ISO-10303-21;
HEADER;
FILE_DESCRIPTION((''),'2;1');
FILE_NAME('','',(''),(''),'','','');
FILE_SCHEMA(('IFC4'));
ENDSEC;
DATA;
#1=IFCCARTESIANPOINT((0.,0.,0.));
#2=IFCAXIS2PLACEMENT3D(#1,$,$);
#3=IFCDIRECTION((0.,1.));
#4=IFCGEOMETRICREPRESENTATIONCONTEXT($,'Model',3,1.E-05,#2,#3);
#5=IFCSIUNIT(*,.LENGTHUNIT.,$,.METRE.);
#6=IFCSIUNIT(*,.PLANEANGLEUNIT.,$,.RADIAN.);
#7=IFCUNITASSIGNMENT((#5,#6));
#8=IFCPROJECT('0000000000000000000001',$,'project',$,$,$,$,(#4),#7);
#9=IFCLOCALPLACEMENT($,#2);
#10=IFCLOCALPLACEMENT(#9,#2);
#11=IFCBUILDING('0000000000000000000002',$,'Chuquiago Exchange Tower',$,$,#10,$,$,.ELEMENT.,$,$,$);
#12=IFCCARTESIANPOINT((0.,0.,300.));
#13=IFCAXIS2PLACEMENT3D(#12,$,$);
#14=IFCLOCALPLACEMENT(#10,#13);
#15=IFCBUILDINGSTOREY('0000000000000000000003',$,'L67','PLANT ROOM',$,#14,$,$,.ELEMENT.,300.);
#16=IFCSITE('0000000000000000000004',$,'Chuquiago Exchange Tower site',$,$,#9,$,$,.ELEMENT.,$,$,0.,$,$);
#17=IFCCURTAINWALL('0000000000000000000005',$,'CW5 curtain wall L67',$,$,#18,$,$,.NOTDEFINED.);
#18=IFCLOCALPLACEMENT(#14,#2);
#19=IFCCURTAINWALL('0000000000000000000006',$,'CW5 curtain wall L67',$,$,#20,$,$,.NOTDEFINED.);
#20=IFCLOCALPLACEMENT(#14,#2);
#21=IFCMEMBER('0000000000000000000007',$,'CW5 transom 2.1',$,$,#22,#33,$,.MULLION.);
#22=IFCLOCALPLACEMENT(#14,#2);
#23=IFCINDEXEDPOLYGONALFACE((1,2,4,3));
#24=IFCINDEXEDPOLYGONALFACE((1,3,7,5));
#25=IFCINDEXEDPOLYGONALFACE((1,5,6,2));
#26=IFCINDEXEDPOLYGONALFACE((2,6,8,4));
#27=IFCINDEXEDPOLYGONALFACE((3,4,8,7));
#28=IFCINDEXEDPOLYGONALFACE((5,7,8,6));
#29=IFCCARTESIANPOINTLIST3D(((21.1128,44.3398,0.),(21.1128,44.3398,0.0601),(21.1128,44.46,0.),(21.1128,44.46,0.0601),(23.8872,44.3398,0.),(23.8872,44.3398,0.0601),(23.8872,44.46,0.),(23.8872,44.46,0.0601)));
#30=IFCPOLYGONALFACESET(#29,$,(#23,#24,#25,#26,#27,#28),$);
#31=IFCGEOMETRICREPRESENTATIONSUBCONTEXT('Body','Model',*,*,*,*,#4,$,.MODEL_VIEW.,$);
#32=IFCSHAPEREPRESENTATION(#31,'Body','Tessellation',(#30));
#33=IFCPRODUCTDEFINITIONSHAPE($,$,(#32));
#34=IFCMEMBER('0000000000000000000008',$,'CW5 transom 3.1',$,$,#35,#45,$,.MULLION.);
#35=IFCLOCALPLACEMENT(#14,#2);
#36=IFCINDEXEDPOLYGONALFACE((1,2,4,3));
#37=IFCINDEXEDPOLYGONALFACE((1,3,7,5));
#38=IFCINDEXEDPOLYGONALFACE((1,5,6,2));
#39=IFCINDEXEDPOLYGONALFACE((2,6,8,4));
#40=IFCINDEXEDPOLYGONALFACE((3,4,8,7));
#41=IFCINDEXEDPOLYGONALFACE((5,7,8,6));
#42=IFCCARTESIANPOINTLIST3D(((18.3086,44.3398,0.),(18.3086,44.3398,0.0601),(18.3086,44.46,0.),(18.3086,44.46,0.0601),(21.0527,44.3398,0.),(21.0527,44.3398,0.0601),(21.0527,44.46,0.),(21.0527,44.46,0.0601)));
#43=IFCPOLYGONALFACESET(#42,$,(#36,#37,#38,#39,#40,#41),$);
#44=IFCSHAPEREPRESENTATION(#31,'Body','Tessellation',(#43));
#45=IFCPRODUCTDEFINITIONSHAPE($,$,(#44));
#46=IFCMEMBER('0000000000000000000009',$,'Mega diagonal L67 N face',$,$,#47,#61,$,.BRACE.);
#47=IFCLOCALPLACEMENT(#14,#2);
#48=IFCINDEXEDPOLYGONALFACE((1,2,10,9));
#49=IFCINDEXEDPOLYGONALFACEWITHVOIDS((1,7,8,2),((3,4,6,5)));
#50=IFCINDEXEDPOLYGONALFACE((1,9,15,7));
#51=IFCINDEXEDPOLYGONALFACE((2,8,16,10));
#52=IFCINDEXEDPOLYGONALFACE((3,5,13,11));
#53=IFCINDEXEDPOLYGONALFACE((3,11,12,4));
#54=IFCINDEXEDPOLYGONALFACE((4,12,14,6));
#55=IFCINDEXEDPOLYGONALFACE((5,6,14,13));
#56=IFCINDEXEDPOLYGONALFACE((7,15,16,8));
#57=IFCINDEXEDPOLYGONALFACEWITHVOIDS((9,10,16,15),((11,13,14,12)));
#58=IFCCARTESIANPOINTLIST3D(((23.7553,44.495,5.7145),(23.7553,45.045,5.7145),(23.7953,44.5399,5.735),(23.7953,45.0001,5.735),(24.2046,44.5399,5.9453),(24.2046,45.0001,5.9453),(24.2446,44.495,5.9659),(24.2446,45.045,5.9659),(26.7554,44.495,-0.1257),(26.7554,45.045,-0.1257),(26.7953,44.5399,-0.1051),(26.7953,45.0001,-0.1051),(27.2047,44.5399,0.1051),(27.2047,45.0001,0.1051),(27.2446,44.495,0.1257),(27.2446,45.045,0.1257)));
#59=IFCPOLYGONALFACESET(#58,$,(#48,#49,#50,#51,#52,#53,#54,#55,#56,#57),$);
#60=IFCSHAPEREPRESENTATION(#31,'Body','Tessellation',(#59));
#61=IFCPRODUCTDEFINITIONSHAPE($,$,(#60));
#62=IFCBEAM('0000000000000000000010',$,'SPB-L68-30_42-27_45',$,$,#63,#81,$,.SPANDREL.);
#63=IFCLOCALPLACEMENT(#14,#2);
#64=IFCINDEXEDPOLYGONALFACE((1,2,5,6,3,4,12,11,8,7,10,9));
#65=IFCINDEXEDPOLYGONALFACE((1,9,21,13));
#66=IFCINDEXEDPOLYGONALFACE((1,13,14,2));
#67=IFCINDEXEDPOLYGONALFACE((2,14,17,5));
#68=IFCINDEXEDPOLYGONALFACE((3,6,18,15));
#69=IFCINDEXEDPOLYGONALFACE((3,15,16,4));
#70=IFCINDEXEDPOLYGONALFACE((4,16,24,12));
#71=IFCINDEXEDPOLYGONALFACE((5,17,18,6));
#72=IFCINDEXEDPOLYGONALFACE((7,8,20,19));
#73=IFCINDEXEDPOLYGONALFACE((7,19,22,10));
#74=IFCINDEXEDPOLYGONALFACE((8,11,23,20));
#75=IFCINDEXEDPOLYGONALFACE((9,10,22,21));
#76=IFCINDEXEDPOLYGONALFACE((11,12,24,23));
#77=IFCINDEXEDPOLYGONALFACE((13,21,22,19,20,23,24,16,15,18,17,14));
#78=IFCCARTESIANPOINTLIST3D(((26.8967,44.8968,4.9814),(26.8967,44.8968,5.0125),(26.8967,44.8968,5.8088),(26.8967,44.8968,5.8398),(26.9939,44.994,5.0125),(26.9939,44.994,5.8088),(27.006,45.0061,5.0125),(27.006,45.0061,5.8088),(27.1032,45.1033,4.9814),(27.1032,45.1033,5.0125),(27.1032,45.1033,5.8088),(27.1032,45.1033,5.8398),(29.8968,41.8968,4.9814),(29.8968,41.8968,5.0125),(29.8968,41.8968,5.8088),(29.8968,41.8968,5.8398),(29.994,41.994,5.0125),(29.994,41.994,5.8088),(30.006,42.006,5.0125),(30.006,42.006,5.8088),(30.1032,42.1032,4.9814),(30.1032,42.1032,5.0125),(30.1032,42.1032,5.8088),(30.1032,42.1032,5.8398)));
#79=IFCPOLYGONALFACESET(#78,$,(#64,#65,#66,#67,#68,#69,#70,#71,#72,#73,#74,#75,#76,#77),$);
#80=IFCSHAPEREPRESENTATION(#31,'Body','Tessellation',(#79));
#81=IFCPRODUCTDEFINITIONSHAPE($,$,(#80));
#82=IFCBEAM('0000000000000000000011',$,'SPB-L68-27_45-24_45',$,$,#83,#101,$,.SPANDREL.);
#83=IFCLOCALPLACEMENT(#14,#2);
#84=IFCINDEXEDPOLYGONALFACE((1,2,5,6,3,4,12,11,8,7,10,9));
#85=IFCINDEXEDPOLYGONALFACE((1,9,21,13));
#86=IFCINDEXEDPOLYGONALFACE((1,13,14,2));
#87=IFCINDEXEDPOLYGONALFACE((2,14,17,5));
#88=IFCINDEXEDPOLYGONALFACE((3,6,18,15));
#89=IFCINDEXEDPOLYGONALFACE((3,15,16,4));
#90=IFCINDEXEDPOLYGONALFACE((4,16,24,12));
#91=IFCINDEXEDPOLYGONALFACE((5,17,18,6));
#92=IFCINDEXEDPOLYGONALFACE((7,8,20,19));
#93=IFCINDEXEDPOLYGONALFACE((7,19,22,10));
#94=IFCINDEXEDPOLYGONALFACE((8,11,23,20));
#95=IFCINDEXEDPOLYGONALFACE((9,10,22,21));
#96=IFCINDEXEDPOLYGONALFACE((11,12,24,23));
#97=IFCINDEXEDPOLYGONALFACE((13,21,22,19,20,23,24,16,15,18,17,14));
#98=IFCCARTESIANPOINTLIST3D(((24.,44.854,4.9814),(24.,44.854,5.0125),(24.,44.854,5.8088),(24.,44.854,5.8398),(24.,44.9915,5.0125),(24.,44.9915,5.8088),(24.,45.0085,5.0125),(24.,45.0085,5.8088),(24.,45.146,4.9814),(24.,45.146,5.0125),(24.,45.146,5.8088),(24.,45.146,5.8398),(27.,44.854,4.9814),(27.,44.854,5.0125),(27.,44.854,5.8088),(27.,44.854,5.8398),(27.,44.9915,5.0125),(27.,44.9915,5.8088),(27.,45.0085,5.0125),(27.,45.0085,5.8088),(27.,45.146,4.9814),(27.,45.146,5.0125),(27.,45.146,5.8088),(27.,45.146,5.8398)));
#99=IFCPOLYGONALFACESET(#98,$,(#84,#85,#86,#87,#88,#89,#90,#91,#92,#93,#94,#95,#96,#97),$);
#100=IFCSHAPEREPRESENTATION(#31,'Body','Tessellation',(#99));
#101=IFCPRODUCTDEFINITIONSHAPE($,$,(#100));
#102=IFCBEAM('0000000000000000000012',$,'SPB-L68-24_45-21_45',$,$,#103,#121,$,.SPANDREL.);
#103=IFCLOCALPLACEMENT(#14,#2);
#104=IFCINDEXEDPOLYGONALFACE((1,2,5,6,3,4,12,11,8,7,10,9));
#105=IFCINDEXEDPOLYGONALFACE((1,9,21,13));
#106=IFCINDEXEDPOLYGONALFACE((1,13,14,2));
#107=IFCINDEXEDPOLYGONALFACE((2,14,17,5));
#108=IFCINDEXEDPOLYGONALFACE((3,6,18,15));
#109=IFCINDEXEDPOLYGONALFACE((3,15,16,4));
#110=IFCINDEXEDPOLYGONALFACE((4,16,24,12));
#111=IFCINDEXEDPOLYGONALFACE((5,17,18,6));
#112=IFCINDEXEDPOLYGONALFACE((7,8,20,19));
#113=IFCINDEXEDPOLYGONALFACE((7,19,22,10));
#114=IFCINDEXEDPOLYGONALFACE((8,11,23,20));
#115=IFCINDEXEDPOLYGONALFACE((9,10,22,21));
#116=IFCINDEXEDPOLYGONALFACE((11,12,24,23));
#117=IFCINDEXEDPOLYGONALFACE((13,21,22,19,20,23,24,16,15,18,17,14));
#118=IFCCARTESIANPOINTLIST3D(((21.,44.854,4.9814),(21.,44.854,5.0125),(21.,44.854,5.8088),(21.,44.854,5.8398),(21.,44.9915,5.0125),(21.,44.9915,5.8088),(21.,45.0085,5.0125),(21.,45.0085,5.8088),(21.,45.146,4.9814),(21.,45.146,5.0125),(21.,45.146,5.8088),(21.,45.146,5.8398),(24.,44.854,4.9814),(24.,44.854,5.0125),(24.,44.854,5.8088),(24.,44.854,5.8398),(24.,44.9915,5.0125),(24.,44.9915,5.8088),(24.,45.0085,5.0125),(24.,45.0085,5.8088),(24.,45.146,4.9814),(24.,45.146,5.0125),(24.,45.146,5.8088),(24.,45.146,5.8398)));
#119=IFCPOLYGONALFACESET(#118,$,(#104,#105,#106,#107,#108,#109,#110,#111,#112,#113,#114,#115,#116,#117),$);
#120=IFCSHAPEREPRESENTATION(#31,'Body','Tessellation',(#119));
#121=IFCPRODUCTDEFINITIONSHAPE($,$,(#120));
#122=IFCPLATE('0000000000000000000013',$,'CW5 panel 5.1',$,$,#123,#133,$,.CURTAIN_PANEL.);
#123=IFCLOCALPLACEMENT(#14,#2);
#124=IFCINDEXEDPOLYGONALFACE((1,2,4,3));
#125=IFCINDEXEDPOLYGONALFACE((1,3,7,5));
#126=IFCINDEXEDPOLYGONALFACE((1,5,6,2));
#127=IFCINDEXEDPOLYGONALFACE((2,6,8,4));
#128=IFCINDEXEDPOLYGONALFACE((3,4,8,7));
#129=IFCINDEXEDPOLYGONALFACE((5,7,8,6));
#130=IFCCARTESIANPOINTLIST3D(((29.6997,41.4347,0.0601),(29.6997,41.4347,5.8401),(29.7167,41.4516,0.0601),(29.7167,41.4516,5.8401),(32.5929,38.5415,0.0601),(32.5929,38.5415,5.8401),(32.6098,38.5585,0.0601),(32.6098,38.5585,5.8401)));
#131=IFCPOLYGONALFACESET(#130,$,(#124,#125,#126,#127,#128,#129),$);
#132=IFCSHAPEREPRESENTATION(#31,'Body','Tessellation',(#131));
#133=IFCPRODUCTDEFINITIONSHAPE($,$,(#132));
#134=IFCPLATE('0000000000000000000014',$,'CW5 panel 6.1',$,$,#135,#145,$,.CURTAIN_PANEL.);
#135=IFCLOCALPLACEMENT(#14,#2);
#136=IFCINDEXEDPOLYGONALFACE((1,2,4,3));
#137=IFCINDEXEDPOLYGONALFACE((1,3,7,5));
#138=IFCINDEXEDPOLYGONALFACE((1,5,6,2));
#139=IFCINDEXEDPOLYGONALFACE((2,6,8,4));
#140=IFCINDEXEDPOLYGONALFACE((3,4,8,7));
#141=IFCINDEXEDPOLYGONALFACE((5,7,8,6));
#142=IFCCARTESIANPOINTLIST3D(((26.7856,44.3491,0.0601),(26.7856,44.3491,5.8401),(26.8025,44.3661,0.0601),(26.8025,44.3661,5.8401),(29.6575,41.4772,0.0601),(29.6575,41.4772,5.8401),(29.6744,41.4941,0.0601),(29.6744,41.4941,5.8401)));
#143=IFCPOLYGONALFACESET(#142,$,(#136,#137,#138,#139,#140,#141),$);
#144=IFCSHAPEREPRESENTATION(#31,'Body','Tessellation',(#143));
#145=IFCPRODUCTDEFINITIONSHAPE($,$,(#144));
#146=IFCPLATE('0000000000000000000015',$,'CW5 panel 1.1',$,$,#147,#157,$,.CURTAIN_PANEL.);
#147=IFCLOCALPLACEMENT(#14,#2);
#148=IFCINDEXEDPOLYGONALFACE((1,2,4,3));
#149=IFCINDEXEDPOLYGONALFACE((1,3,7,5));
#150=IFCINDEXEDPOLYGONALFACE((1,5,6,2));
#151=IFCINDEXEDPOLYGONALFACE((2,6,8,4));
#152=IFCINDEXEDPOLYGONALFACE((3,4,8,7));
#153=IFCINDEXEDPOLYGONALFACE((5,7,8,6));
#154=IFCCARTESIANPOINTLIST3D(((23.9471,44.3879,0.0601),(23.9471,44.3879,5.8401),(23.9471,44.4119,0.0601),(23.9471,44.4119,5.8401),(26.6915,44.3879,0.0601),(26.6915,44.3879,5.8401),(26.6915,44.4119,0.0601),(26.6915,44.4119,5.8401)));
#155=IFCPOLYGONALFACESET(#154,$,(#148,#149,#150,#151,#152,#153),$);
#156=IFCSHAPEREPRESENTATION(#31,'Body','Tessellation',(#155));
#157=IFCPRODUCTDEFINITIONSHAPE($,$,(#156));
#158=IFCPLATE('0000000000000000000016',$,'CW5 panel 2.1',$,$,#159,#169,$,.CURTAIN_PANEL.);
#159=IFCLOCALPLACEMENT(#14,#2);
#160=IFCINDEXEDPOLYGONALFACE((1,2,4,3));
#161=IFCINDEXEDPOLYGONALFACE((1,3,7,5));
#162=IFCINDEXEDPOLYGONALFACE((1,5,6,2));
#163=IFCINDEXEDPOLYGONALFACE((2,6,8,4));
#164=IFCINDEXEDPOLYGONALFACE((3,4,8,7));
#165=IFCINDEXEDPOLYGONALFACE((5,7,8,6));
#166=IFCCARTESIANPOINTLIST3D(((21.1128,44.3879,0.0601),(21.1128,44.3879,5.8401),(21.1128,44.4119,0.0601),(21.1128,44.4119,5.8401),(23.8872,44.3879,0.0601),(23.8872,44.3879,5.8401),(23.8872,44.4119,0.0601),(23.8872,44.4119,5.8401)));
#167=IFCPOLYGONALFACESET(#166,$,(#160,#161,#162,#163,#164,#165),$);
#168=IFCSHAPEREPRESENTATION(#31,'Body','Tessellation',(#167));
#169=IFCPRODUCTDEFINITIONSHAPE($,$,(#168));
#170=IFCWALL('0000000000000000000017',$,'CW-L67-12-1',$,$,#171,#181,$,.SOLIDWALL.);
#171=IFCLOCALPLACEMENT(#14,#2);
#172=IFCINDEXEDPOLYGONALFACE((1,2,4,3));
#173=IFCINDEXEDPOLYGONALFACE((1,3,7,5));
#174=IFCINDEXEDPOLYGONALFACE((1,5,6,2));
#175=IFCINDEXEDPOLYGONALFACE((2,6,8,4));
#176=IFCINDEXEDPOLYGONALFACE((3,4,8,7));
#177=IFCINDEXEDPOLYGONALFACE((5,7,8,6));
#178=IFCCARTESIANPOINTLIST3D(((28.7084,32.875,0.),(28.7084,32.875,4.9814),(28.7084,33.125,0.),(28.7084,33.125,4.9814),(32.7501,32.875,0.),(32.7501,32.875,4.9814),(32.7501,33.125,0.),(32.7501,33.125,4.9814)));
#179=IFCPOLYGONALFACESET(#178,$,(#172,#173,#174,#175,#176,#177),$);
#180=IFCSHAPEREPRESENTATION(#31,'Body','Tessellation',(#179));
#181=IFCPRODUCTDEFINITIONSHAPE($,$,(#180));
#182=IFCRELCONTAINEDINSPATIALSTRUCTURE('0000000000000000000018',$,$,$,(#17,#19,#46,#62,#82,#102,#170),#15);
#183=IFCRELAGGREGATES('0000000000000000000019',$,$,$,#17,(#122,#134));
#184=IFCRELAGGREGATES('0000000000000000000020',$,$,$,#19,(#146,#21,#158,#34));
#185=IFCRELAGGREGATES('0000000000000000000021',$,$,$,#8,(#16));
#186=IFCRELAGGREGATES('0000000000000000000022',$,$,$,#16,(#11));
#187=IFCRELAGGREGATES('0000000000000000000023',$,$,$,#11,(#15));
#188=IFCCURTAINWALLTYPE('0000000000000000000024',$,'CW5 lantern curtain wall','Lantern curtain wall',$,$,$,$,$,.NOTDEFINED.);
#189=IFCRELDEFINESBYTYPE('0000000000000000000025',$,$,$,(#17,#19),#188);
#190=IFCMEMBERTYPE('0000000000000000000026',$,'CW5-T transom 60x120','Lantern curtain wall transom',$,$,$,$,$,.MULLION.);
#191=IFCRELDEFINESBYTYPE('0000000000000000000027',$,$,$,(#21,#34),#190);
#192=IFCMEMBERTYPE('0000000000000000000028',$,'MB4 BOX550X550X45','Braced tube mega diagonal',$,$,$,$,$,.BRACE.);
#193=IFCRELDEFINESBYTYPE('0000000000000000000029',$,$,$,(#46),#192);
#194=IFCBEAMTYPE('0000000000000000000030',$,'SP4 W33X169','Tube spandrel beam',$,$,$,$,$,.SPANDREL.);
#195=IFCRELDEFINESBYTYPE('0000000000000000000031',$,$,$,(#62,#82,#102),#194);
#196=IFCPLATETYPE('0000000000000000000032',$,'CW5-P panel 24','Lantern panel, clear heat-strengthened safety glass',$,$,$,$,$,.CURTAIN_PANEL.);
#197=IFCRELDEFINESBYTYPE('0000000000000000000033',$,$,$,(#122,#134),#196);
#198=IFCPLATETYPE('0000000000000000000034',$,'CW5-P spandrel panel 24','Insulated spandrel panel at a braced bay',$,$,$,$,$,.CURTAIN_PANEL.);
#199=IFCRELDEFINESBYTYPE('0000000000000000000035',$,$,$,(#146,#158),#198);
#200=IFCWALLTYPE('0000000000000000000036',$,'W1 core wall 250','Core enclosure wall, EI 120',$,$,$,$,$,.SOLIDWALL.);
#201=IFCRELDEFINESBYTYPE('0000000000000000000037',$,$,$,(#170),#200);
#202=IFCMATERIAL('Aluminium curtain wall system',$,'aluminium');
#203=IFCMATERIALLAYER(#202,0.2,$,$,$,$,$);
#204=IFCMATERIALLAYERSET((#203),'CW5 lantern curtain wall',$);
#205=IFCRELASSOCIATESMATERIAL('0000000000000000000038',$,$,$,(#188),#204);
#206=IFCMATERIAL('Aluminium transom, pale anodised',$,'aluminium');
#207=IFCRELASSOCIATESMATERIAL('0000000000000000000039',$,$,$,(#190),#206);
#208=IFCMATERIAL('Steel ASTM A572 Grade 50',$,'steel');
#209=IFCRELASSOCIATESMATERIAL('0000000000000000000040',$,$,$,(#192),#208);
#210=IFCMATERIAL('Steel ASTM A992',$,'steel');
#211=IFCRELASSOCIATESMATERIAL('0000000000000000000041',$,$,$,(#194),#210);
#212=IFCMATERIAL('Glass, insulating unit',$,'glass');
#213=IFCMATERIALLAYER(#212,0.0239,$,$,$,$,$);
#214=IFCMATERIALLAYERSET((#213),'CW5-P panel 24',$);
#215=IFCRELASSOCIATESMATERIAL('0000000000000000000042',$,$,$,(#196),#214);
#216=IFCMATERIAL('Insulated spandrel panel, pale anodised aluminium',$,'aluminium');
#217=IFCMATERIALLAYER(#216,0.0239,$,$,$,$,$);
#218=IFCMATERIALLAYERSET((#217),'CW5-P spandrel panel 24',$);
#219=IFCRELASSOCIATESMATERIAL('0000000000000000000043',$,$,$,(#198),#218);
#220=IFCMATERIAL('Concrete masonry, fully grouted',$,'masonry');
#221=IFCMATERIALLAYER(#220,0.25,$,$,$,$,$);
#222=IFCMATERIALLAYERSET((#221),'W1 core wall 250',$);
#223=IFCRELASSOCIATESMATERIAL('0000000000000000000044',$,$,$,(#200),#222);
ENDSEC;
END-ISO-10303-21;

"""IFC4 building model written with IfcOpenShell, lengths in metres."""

from ifc_helpers import new_model, si_unit, direction, frame, frame_2d, origin, origin_2d, place, context, subcontext, project, spatial, rectangle, hollow_rectangle, i_section, extrude, material, layer, layer_set, material_profile, profile_set, type_object, element, aggregate, save


model = new_model("IFC4")

# Units and contexts
model_context = context("Model", 3, precision=1e-05, world=origin(), true_north=direction((0.0, 1.0)))
body_context = subcontext(model_context, "Body", "Model", "MODEL_VIEW")
ifc_project = project(units=[si_unit("LENGTHUNIT", "METRE"), si_unit("PLANEANGLEUNIT", "RADIAN")], contexts=[model_context])

# Site, building, storey
site_placement = place(None, origin())
site = spatial("IfcSite", under=ifc_project, at=site_placement, Name="Chuquiago Exchange Tower site", CompositionType="ELEMENT", RefElevation=0.0)
building_placement = place(site_placement, origin())
building = spatial("IfcBuilding", under=site, at=building_placement, Name="Chuquiago Exchange Tower", CompositionType="ELEMENT")
storey_placement = place(building_placement, frame((0.0, 0.0, 300.0)))
storey = spatial("IfcBuildingStorey", under=building, at=storey_placement, Name="L67", Description="PLANT ROOM", CompositionType="ELEMENT", Elevation=300.0)

# Curtain walls
ifc_material_1 = material(Name="Aluminium curtain wall system", Category="aluminium")
ifc_layer_1 = layer(ifc_material_1, 0.2)
ifc_layer_set_1 = layer_set([ifc_layer_1], Name="CW5 lantern curtain wall")
curtain_wall_type = type_object("IfcCurtainWallType", Name="CW5 lantern curtain wall", Description="Lantern curtain wall", PredefinedType="NOTDEFINED", material=ifc_layer_set_1)
curtain_wall_1_placement = place(storey_placement, origin())
curtain_wall_1 = element("IfcCurtainWall", 1, at=curtain_wall_1_placement, inside=storey, type_object=curtain_wall_type, Name="CW5 curtain wall L67", PredefinedType="NOTDEFINED")
curtain_wall_2_placement = place(storey_placement, origin())
curtain_wall_2 = element("IfcCurtainWall", 2, at=curtain_wall_2_placement, inside=storey, type_object=curtain_wall_type, Name="CW5 curtain wall L67", PredefinedType="NOTDEFINED")

# Members
ifc_material_2 = material(Name="Aluminium transom, pale anodised", Category="aluminium")
ifc_material_profile_1 = material_profile(ifc_material_2, rectangle(XDim=0.1201, YDim=0.0601, at=origin_2d()), Name="AL 120x60")
ifc_profile_set_1 = profile_set([ifc_material_profile_1], Name="Aluminium transom, pale anodised")
member_type_1 = type_object("IfcMemberType", Name="CW5-T transom 60x120", Description="Lantern curtain wall transom", PredefinedType="MULLION", material=ifc_profile_set_1)
member_1_placement = place(storey_placement, frame((23.8872, 44.3999, 0.03), z_axis=(-1.0, 0.0, 0.0), x_axis=(0.0, -1.0, 0.0)))
member_1 = element("IfcMember", 3, at=member_1_placement, type_object=member_type_1, Name="CW5 transom 2.1", PredefinedType="MULLION", context=body_context, shape_type="SweptSolid", body=[
    extrude(rectangle(XDim=0.1201, YDim=0.0601, at=origin_2d()), origin(), (0.0, 0.0, 1.0), 2.7744),
])
member_2_placement = place(storey_placement, frame((21.0527, 44.3999, 0.03), z_axis=(-1.0, 0.0, 0.0), x_axis=(0.0, -1.0, 0.0)))
member_2 = element("IfcMember", 4, at=member_2_placement, type_object=member_type_1, Name="CW5 transom 3.1", PredefinedType="MULLION", context=body_context, shape_type="SweptSolid", body=[
    extrude(rectangle(XDim=0.1201, YDim=0.0601, at=origin_2d()), origin(), (0.0, 0.0, 1.0), 2.7441),
])
ifc_material_3 = material(Name="Steel ASTM A572 Grade 50", Category="steel")
ifc_material_profile_2 = material_profile(ifc_material_3, hollow_rectangle(XDim=0.55, YDim=0.55, WallThickness=0.0449, at=origin_2d()), Name="BOX550X550X45")
ifc_profile_set_2 = profile_set([ifc_material_profile_2], Name="Steel ASTM A572 Grade 50")
member_type_2 = type_object("IfcMemberType", Name="MB4 BOX550X550X45", Description="Braced tube mega diagonal", PredefinedType="BRACE", material=ifc_profile_set_2)
member_3_placement = place(storey_placement, frame((27.0, 44.77, 0.0), z_axis=(-0.45693, 0.0, 0.889503), x_axis=(0.0, -1.0, 0.0)))
element("IfcMember", 5, at=member_3_placement, inside=storey, type_object=member_type_2, Name="Mega diagonal L67 N face", PredefinedType="BRACE", context=body_context, shape_type="SweptSolid", body=[
    extrude(hollow_rectangle(XDim=0.55, YDim=0.55, WallThickness=0.0449, at=origin_2d()), origin(), (0.0, 0.0, 1.0), 6.5657),
])

# Beams
ifc_material_4 = material(Name="Steel ASTM A992", Category="steel")
ifc_material_profile_3 = material_profile(ifc_material_4, i_section(OverallWidth=0.292, OverallDepth=0.8584, WebThickness=0.0171, FlangeThickness=0.031, at=origin_2d()), Name="W33X169")
ifc_profile_set_3 = profile_set([ifc_material_profile_3], Name="Steel ASTM A992")
beam_type_1 = type_object("IfcBeamType", Name="SP4 W33X169", Description="Tube spandrel beam", PredefinedType="SPANDREL", material=ifc_profile_set_3)
beam_1_placement = place(storey_placement, frame((30.0, 42.0, 5.4106), z_axis=(-0.707107, 0.707107, 0.0), x_axis=(-0.707107, -0.707107, 0.0)))
element("IfcBeam", 6, at=beam_1_placement, inside=storey, type_object=beam_type_1, Name="SPB-L68-30_42-27_45", PredefinedType="SPANDREL", context=body_context, shape_type="SweptSolid", body=[
    extrude(i_section(OverallWidth=0.292, OverallDepth=0.8584, WebThickness=0.0171, FlangeThickness=0.031, at=origin_2d()), origin(), (0.0, 0.0, 1.0), 4.2427),
])
for number, where, z_axis, x_axis, name in (
    (7, (27.0, 45.0, 5.4106), (-1.0, 0.0, 0.0), (0.0, -1.0, 0.0), "SPB-L68-27_45-24_45"),
    (8, (24.0, 45.0, 5.4106), (-1.0, 0.0, 0.0), (0.0, -1.0, 0.0), "SPB-L68-24_45-21_45"),
):
    element("IfcBeam", number, at=place(storey_placement, frame(where, z_axis=z_axis, x_axis=x_axis)), inside=storey, type_object=beam_type_1, Name=name, PredefinedType="SPANDREL", context=body_context, shape_type="SweptSolid", body=[
        extrude(i_section(OverallWidth=0.292, OverallDepth=0.8584, WebThickness=0.0171, FlangeThickness=0.031, at=origin_2d()), origin(), (0.0, 0.0, 1.0), 3.0),
    ])

# Plates
ifc_material_5 = material(Name="Glass, insulating unit", Category="glass")
ifc_layer_2 = layer(ifc_material_5, 0.0239)
ifc_layer_set_2 = layer_set([ifc_layer_2], Name="CW5-P panel 24")
plate_type_1 = type_object("IfcPlateType", Name="CW5-P panel 24", Description="Lantern panel, clear heat-strengthened safety glass", PredefinedType="CURTAIN_PANEL", material=ifc_layer_set_2)
plate_1_placement = place(storey_placement, frame((31.1548, 39.9966, 0.0601), z_axis=(0.0, 0.0, 1.0), x_axis=(-0.707105, 0.707109, 0.0)))
plate_1 = element("IfcPlate", 9, at=plate_1_placement, type_object=plate_type_1, Name="CW5 panel 5.1", PredefinedType="CURTAIN_PANEL", context=body_context, shape_type="SweptSolid", body=[
    extrude(rectangle(XDim=4.0916, YDim=0.0239, at=origin_2d()), origin(), (0.0, 0.0, 1.0), 5.78),
])
plate_2_placement = place(storey_placement, frame((28.23, 42.9216, 0.0601), z_axis=(0.0, 0.0, 1.0), x_axis=(-0.707105, 0.707109, 0.0)))
plate_2 = element("IfcPlate", 10, at=plate_2_placement, type_object=plate_type_1, Name="CW5 panel 6.1", PredefinedType="CURTAIN_PANEL", context=body_context, shape_type="SweptSolid", body=[
    extrude(rectangle(XDim=4.0615, YDim=0.0239, at=origin_2d()), origin(), (0.0, 0.0, 1.0), 5.78),
])
aggregate(curtain_wall_1, [plate_1, plate_2])
ifc_material_6 = material(Name="Insulated spandrel panel, pale anodised aluminium", Category="aluminium")
ifc_layer_3 = layer(ifc_material_6, 0.0239)
ifc_layer_set_3 = layer_set([ifc_layer_3], Name="CW5-P spandrel panel 24")
plate_type_2 = type_object("IfcPlateType", Name="CW5-P spandrel panel 24", Description="Insulated spandrel panel at a braced bay", PredefinedType="CURTAIN_PANEL", material=ifc_layer_set_3)
plate_3_placement = place(storey_placement, frame((25.3193, 44.3999, 0.0601), z_axis=(0.0, 0.0, 1.0), x_axis=(-1.0, 0.0, 0.0)))
plate_3 = element("IfcPlate", 11, at=plate_3_placement, type_object=plate_type_2, Name="CW5 panel 1.1", PredefinedType="CURTAIN_PANEL", context=body_context, shape_type="SweptSolid", body=[
    extrude(rectangle(XDim=2.7444, YDim=0.0239, at=origin_2d()), origin(), (0.0, 0.0, 1.0), 5.78),
])
plate_4_placement = place(storey_placement, frame((22.5, 44.3999, 0.0601), z_axis=(0.0, 0.0, 1.0), x_axis=(-1.0, 0.0, 0.0)))
plate_4 = element("IfcPlate", 12, at=plate_4_placement, type_object=plate_type_2, Name="CW5 panel 2.1", PredefinedType="CURTAIN_PANEL", context=body_context, shape_type="SweptSolid", body=[
    extrude(rectangle(XDim=2.7744, YDim=0.0239, at=origin_2d()), origin(), (0.0, 0.0, 1.0), 5.78),
])
aggregate(curtain_wall_2, [plate_3, member_1, plate_4, member_2])

# Wall
ifc_material_7 = material(Name="Concrete masonry, fully grouted", Category="masonry")
ifc_layer_4 = layer(ifc_material_7, 0.25)
ifc_layer_set_4 = layer_set([ifc_layer_4], Name="W1 core wall 250")
wall_type = type_object("IfcWallType", Name="W1 core wall 250", Description="Core enclosure wall, EI 120", PredefinedType="SOLIDWALL", material=ifc_layer_set_4)
wall_placement = place(storey_placement, frame((28.7083, 33.0, 0.0), z_axis=(0.0, 0.0, 1.0), x_axis=(1.0, 0.0, 0.0)))
element("IfcWall", 13, at=wall_placement, inside=storey, type_object=wall_type, Name="CW-L67-12-1", PredefinedType="SOLIDWALL", context=body_context, shape_type="SweptSolid", body=[
    extrude(rectangle(XDim=4.0417, YDim=0.25, at=frame_2d((2.021, 0.0))), origin(), (0.0, 0.0, 1.0), 4.9814),
])

save(model, "model.ifc")
